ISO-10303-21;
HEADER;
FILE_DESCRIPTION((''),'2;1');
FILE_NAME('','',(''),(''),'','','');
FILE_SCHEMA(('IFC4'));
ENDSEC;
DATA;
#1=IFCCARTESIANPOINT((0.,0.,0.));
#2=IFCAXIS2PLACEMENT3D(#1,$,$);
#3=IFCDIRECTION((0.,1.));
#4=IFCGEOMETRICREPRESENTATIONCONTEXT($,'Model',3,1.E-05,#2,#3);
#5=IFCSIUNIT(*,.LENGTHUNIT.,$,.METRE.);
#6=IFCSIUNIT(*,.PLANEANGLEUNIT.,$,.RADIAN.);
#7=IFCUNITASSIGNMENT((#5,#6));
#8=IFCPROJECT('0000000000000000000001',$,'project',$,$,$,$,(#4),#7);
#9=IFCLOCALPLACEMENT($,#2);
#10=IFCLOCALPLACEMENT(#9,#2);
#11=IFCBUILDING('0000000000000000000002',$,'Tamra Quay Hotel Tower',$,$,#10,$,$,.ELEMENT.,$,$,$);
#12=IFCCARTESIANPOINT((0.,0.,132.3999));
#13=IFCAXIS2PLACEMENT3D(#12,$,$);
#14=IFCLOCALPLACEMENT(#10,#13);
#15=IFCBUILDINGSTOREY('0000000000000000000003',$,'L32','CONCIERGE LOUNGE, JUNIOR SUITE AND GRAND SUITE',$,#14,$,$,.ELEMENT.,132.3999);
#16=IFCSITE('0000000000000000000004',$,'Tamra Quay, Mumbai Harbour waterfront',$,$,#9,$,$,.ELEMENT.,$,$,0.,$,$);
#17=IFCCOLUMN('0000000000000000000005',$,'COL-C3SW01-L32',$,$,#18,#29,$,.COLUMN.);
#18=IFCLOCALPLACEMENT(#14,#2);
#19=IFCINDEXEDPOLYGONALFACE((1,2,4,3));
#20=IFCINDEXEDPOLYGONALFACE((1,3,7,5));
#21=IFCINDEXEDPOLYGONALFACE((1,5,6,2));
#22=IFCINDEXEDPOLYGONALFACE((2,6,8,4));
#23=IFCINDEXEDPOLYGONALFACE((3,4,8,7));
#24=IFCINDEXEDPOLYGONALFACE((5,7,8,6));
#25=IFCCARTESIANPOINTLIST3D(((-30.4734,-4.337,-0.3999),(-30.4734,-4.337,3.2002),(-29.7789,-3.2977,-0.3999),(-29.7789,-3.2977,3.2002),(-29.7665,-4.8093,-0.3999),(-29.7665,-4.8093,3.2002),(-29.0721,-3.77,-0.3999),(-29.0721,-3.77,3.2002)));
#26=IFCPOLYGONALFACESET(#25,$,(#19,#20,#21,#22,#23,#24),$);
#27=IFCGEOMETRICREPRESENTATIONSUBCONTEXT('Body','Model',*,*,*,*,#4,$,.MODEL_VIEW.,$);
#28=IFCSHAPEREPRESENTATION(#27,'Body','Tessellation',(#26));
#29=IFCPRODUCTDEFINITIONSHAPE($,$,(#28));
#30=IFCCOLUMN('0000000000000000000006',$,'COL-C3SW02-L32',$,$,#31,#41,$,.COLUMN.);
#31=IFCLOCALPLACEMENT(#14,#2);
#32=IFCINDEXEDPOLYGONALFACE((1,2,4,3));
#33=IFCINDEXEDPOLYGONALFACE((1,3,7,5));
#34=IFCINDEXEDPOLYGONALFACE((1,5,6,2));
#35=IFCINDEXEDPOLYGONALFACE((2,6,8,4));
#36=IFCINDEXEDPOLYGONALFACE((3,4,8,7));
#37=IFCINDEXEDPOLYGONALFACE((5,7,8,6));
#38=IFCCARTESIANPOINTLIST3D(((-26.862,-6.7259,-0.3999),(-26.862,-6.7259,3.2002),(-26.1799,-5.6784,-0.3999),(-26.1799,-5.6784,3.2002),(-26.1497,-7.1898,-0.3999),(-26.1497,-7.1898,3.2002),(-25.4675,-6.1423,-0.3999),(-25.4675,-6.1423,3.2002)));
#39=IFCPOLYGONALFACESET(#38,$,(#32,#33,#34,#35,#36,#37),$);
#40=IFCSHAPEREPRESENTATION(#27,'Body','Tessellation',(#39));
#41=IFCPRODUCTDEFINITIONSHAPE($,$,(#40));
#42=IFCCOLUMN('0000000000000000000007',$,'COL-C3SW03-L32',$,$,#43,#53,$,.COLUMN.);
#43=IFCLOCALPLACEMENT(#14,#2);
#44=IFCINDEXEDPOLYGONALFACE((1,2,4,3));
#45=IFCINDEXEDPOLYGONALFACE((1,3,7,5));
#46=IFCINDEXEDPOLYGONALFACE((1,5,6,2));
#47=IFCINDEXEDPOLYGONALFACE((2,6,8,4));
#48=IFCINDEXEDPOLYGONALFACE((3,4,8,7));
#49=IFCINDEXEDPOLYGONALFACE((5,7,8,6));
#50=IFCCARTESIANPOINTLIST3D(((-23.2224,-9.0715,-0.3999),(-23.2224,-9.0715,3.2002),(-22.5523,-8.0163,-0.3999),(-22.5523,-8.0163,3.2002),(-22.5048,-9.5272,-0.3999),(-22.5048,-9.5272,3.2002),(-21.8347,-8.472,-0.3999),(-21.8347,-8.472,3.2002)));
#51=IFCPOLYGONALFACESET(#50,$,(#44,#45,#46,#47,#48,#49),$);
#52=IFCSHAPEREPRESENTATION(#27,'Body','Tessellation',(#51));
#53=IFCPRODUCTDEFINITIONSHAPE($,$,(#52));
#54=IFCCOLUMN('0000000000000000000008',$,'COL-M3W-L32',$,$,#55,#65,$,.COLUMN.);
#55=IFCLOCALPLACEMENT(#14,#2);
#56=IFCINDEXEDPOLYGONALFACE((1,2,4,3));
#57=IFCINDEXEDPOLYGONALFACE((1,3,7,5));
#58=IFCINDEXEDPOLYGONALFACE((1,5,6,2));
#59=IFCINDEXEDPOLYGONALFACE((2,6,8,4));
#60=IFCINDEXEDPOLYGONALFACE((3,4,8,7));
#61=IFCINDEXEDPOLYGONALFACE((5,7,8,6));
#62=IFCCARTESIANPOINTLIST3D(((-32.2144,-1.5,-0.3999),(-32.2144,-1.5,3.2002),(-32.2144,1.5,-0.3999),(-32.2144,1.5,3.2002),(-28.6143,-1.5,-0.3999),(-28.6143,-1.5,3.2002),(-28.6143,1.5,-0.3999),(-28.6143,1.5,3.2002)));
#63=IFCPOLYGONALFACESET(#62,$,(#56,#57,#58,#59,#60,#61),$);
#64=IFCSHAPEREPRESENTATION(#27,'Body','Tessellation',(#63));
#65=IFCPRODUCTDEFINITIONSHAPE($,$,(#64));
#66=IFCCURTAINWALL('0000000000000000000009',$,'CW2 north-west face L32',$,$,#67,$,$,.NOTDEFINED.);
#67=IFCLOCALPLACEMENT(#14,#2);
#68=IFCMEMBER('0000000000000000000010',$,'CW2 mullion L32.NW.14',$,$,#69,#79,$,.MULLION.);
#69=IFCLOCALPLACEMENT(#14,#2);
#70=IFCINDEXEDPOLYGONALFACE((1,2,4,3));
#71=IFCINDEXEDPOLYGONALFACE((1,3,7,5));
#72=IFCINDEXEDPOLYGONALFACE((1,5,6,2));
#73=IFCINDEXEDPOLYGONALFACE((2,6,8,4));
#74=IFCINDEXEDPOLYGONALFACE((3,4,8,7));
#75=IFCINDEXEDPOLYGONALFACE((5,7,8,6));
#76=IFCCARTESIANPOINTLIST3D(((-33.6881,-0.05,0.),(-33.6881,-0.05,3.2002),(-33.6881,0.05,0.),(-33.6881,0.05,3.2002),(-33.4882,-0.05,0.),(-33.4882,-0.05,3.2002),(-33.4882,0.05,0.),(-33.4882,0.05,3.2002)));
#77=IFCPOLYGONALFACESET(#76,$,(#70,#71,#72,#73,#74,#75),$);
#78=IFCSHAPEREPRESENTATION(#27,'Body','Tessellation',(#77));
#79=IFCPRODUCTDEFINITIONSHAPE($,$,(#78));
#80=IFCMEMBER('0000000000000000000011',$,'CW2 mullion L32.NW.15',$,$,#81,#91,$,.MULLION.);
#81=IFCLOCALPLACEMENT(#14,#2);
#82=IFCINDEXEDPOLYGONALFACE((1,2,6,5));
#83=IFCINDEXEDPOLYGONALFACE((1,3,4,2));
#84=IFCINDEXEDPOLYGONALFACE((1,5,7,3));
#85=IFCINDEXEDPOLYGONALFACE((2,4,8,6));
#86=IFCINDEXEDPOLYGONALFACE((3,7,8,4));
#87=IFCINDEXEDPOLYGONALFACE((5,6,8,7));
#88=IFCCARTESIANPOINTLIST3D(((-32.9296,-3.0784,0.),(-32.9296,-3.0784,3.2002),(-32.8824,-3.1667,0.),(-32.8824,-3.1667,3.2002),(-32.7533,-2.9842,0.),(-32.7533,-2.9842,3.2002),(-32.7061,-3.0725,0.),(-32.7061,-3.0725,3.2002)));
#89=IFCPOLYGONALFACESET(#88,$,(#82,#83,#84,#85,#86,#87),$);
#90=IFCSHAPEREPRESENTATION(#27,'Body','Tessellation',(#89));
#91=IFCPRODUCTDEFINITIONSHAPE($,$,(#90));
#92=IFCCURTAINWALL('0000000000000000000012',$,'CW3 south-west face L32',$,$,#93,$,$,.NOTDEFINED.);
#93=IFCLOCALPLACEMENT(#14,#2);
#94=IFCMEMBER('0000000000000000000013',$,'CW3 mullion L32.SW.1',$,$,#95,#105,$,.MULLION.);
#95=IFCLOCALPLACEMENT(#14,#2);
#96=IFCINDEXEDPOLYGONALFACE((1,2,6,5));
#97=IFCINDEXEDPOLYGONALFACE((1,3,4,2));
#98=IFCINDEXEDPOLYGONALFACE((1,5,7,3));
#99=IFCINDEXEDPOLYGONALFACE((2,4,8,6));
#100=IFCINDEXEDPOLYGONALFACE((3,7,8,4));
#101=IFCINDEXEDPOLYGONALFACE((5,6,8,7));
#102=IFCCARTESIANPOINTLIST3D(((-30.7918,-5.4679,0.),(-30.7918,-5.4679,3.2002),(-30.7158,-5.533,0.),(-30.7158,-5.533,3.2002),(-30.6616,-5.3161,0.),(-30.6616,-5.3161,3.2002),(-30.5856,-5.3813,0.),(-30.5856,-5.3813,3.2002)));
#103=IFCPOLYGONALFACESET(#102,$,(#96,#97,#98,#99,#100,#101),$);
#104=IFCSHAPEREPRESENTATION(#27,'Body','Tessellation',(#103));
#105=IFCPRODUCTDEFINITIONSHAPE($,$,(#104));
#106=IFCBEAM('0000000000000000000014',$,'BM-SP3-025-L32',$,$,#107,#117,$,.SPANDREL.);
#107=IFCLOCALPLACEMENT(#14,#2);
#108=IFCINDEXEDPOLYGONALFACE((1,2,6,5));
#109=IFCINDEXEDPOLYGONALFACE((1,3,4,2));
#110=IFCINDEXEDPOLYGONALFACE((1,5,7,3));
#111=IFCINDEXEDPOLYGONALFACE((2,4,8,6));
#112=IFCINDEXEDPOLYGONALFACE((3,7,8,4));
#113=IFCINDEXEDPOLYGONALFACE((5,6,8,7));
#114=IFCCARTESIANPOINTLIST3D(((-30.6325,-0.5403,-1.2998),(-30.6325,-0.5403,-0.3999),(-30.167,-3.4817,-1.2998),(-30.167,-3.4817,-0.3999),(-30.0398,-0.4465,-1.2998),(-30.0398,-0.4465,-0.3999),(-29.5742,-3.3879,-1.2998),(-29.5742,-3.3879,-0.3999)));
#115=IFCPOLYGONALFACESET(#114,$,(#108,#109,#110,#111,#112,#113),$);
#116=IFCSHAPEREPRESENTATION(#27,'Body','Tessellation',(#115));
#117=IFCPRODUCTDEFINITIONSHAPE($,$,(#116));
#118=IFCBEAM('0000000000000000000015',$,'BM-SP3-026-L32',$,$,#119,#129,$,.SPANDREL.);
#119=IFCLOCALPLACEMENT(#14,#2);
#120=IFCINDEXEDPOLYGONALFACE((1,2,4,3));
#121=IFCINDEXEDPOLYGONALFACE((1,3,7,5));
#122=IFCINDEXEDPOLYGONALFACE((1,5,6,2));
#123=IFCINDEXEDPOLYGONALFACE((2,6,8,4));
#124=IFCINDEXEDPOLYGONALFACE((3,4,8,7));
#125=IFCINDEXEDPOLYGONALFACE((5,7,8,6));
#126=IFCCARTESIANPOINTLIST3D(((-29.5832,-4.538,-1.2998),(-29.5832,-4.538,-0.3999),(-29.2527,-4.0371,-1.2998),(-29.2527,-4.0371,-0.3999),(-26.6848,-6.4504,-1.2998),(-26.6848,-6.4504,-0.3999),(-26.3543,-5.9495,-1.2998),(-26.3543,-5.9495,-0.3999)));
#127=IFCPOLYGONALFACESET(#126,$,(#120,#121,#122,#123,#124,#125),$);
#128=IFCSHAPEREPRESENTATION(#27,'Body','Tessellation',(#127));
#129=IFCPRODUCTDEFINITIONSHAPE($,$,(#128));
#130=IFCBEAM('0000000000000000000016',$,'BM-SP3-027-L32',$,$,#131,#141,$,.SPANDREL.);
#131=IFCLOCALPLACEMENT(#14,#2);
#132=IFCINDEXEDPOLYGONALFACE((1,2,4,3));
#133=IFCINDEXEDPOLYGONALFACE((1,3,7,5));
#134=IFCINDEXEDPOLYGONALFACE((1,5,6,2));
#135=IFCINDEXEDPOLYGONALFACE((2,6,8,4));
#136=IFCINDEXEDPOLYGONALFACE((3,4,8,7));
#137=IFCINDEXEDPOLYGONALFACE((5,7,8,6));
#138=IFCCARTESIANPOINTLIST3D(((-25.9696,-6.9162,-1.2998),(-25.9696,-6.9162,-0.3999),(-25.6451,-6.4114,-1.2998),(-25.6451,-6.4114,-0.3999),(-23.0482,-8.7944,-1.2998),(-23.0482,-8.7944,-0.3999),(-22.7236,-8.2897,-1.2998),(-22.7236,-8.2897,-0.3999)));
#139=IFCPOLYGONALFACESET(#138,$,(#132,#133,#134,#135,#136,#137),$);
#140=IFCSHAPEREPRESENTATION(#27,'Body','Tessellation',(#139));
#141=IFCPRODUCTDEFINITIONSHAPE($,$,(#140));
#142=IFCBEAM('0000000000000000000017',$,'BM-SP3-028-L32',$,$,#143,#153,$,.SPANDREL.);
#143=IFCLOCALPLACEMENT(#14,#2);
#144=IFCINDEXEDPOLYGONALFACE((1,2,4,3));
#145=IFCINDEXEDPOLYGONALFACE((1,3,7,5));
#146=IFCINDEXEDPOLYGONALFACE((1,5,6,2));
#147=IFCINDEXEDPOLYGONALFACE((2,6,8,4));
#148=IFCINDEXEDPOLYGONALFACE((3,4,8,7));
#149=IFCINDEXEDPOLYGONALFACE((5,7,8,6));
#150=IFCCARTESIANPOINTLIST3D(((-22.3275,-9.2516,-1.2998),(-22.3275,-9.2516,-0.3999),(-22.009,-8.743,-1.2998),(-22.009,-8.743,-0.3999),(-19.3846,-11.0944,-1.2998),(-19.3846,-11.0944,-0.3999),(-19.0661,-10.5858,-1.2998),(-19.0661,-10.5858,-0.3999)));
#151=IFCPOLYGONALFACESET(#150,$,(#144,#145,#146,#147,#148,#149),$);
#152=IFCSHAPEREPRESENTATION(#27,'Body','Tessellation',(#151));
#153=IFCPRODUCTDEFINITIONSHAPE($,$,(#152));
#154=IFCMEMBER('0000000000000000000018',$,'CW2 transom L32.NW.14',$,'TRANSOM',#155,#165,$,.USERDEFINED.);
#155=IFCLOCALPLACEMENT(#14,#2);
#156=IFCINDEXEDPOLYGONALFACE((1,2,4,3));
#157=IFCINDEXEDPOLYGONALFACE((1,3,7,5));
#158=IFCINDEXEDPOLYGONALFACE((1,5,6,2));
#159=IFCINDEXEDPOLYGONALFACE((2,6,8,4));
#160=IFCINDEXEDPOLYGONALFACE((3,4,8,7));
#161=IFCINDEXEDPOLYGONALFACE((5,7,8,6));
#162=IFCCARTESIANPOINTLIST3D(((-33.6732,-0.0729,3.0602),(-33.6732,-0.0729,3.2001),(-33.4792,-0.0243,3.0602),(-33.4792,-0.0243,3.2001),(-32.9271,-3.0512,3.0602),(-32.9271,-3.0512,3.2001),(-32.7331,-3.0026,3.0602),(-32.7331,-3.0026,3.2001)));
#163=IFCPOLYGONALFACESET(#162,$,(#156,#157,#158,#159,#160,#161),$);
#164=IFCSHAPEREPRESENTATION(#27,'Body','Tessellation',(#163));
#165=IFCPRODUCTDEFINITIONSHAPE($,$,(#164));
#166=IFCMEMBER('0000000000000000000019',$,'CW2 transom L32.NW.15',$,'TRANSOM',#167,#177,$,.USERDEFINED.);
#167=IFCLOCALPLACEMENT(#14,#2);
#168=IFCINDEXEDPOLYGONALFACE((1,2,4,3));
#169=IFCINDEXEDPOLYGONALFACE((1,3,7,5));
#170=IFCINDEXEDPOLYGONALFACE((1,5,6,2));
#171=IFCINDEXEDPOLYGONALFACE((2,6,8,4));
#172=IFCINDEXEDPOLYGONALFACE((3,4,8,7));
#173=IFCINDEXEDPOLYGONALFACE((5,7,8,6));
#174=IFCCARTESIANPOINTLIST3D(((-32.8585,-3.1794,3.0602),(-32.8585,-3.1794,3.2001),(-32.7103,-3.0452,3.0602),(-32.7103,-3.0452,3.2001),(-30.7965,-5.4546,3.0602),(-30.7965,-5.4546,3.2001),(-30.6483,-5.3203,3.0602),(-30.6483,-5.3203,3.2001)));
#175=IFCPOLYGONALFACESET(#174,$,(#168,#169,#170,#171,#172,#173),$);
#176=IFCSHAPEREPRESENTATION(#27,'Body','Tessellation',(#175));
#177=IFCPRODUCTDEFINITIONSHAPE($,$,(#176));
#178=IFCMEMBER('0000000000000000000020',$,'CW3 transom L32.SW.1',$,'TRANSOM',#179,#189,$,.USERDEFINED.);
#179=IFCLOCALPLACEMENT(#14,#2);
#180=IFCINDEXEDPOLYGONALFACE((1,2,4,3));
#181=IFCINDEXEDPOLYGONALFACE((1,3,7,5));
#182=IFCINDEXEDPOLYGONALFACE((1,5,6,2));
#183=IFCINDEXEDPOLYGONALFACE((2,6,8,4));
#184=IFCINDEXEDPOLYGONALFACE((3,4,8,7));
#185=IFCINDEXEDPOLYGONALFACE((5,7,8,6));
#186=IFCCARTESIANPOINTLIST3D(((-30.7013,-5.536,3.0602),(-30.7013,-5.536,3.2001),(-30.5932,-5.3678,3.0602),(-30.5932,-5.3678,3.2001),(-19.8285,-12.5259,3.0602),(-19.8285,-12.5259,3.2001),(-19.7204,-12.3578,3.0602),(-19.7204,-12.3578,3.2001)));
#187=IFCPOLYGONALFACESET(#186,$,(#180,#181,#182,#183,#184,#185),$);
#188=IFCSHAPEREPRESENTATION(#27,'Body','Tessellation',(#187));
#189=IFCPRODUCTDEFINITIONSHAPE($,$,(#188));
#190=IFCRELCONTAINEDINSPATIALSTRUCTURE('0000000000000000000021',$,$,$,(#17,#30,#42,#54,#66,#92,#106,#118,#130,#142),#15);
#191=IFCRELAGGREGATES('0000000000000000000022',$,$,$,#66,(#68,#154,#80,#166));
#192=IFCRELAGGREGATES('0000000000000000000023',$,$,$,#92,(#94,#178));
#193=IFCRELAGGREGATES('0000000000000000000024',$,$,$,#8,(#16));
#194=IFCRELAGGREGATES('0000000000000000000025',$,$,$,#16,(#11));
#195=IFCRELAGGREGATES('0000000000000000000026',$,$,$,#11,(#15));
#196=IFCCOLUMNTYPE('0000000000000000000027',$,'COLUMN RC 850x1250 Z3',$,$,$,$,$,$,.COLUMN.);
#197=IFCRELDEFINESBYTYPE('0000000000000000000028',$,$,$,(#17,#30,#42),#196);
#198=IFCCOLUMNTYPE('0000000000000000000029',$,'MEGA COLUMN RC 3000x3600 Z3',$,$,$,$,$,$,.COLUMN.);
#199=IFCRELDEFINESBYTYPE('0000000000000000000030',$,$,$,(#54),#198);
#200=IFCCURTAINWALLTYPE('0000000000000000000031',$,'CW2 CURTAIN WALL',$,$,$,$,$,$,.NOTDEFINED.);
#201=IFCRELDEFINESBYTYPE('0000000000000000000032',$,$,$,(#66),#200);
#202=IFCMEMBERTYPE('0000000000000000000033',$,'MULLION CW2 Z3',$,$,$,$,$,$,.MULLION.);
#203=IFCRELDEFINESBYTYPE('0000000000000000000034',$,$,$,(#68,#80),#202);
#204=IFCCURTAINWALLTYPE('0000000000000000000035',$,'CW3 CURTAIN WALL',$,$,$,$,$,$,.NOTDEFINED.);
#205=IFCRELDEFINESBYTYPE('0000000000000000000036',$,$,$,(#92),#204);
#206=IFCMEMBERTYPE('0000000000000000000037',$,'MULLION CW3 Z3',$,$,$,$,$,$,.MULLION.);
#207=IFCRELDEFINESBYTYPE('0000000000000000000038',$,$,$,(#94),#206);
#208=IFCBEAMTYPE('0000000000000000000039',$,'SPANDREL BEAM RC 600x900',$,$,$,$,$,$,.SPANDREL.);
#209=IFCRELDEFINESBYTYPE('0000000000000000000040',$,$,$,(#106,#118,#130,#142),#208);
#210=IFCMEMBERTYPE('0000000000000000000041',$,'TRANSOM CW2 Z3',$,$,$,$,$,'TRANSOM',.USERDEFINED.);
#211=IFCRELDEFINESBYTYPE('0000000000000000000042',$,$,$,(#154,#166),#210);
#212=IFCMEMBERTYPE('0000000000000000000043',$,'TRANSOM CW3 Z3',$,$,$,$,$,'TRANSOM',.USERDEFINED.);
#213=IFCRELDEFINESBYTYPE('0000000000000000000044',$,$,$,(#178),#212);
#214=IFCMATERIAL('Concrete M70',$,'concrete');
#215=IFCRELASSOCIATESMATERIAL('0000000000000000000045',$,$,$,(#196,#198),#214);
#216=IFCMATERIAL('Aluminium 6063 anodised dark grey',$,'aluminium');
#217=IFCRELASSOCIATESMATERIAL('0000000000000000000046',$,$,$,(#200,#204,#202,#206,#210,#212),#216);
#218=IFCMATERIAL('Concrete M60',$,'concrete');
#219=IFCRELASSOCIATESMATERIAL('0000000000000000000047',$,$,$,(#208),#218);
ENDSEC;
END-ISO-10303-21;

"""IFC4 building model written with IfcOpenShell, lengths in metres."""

from ifc_helpers import new_model, si_unit, direction, frame, origin, origin_2d, place, context, subcontext, project, spatial, rectangle, extrude, material, material_profile, profile_set, type_object, element, aggregate, save


model = new_model("IFC4")

# Units and contexts
model_context = context("Model", 3, precision=1e-05, world=origin(), true_north=direction((0.0, 1.0)))
body_context = subcontext(model_context, "Body", "Model", "MODEL_VIEW")
ifc_project = project(units=[si_unit("LENGTHUNIT", "METRE"), si_unit("PLANEANGLEUNIT", "RADIAN")], contexts=[model_context])

# Site, building, storey
site_placement = place(None, origin())
site = spatial("IfcSite", under=ifc_project, at=site_placement, Name="Tamra Quay, Mumbai Harbour waterfront", CompositionType="ELEMENT", RefElevation=0.0)
building_placement = place(site_placement, origin())
building = spatial("IfcBuilding", under=site, at=building_placement, Name="Tamra Quay Hotel Tower", CompositionType="ELEMENT")
storey_placement = place(building_placement, frame((0.0, 0.0, 132.3999)))
storey = spatial("IfcBuildingStorey", under=building, at=storey_placement, Name="L32", Description="CONCIERGE LOUNGE, JUNIOR SUITE AND GRAND SUITE", CompositionType="ELEMENT", Elevation=132.3999)

# Columns
ifc_material_1 = material(Name="Concrete M70", Category="concrete")
ifc_material_profile_1 = material_profile(ifc_material_1, rectangle(XDim=1.25, YDim=0.8501, at=origin_2d()), Name="COLUMN RC 850x1250 Z3")
ifc_profile_set_1 = profile_set([ifc_material_profile_1], Name="Concrete M70")
column_type_1 = type_object("IfcColumnType", Name="COLUMN RC 850x1250 Z3", PredefinedType="COLUMN", material=ifc_profile_set_1)
for number, where, z_axis, x_axis, name in (
    (1, (-29.7727, -4.0535, -0.3999), (0.0, 0.0, 1.0), (0.555583, 0.831461, 0.0), "COL-C3SW01-L32"),
    (2, (-26.1648, -6.4341, -0.3999), (0.0, 0.0, 1.0), (0.545703, 0.837979, 0.0), "COL-C3SW02-L32"),
    (3, (-22.5286, -8.7717, -0.3999), (0.0, 0.0, 1.0), (0.536102, 0.844153, 0.0), "COL-C3SW03-L32"),
):
    element("IfcColumn", number, at=place(storey_placement, frame(where, z_axis=z_axis, x_axis=x_axis)), inside=storey, type_object=column_type_1, Name=name, PredefinedType="COLUMN", context=body_context, shape_type="SweptSolid", body=[
        extrude(rectangle(XDim=1.25, YDim=0.8501, at=origin_2d()), origin(), (0.0, 0.0, 1.0), 3.6001),
    ])
ifc_material_profile_2 = material_profile(ifc_material_1, rectangle(XDim=3.6001, YDim=3.0, at=origin_2d()), Name="MEGA COLUMN RC 3000x3600 Z3")
ifc_profile_set_2 = profile_set([ifc_material_profile_2], Name="Concrete M70")
column_type_2 = type_object("IfcColumnType", Name="MEGA COLUMN RC 3000x3600 Z3", PredefinedType="COLUMN", material=ifc_profile_set_2)
column_placement = place(storey_placement, frame((-30.4143, 0.0, -0.3999), z_axis=(0.0, 0.0, 1.0), x_axis=(1.0, 0.0, 0.0)))
element("IfcColumn", 4, at=column_placement, inside=storey, type_object=column_type_2, Name="COL-M3W-L32", PredefinedType="COLUMN", context=body_context, shape_type="SweptSolid", body=[
    extrude(rectangle(XDim=3.6001, YDim=3.0, at=origin_2d()), origin(), (0.0, 0.0, 1.0), 3.6001),
])

# Curtain wall, members
ifc_material_2 = material(Name="Aluminium 6063 anodised dark grey", Category="aluminium")
curtain_wall_type_1 = type_object("IfcCurtainWallType", Name="CW2 CURTAIN WALL", PredefinedType="NOTDEFINED", material=ifc_material_2)
curtain_wall_1_placement = place(storey_placement, origin())
curtain_wall_1 = element("IfcCurtainWall", 5, at=curtain_wall_1_placement, inside=storey, type_object=curtain_wall_type_1, Name="CW2 north-west face L32", PredefinedType="NOTDEFINED")
ifc_material_profile_3 = material_profile(ifc_material_2, rectangle(XDim=0.2, YDim=0.1001, at=origin_2d()), Name="MULLION 100X200")
ifc_profile_set_3 = profile_set([ifc_material_profile_3], Name="Aluminium 6063 anodised dark grey")
member_type_1 = type_object("IfcMemberType", Name="MULLION CW2 Z3", PredefinedType="MULLION", material=ifc_profile_set_3)
member_1_placement = place(storey_placement, frame((-33.5881, 0.0, 0.0), z_axis=(0.0, 0.0, 1.0), x_axis=(-1.0, 0.0, 0.0)))
member_1 = element("IfcMember", 6, at=member_1_placement, type_object=member_type_1, Name="CW2 mullion L32.NW.14", PredefinedType="MULLION", context=body_context, shape_type="SweptSolid", body=[
    extrude(rectangle(XDim=0.2, YDim=0.1001, at=origin_2d()), origin(), (0.0, 0.0, 1.0), 3.2002),
])
member_2_placement = place(storey_placement, frame((-32.8179, -3.0754, 0.0), z_axis=(0.0, 0.0, 1.0), x_axis=(-0.881925, -0.471389, 0.0)))
member_2 = element("IfcMember", 7, at=member_2_placement, type_object=member_type_1, Name="CW2 mullion L32.NW.15", PredefinedType="MULLION", context=body_context, shape_type="SweptSolid", body=[
    extrude(rectangle(XDim=0.2, YDim=0.1001, at=origin_2d()), origin(), (0.0, 0.0, 1.0), 3.2002),
])

# Curtain wall, member
curtain_wall_type_2 = type_object("IfcCurtainWallType", Name="CW3 CURTAIN WALL", PredefinedType="NOTDEFINED", material=ifc_material_2)
curtain_wall_2_placement = place(storey_placement, origin())
curtain_wall_2 = element("IfcCurtainWall", 8, at=curtain_wall_2_placement, inside=storey, type_object=curtain_wall_type_2, Name="CW3 south-west face L32", PredefinedType="NOTDEFINED")
ifc_material_profile_4 = material_profile(ifc_material_2, rectangle(XDim=0.2, YDim=0.1001, at=origin_2d()), Name="MULLION 100X200")
ifc_profile_set_4 = profile_set([ifc_material_profile_4], Name="Aluminium 6063 anodised dark grey")
member_type_2 = type_object("IfcMemberType", Name="MULLION CW3 Z3", PredefinedType="MULLION", material=ifc_profile_set_4)
member_3_placement = place(storey_placement, frame((-30.6887, -5.4246, 0.0), z_axis=(0.0, 0.0, 1.0), x_axis=(-0.650989, -0.759087, 0.0)))
member_3 = element("IfcMember", 9, at=member_3_placement, type_object=member_type_2, Name="CW3 mullion L32.SW.1", PredefinedType="MULLION", context=body_context, shape_type="SweptSolid", body=[
    extrude(rectangle(XDim=0.2, YDim=0.1001, at=origin_2d()), origin(), (0.0, 0.0, 1.0), 3.2002),
])

# Beams
ifc_material_3 = material(Name="Concrete M60", Category="concrete")
ifc_material_profile_5 = material_profile(ifc_material_3, rectangle(XDim=0.6001, YDim=0.8999, at=origin_2d()), Name="SPANDREL BEAM RC 600x900")
ifc_profile_set_5 = profile_set([ifc_material_profile_5], Name="Concrete M60")
beam_type = type_object("IfcBeamType", Name="SPANDREL BEAM RC 600x900", PredefinedType="SPANDREL", material=ifc_profile_set_5)
beam_1_placement = place(storey_placement, frame((-30.3362, -0.4934, -0.8499), z_axis=(0.156337, -0.987704, 0.0), x_axis=(0.987704, 0.156337, 0.0)))
element("IfcBeam", 10, at=beam_1_placement, inside=storey, type_object=beam_type, Name="BM-SP3-025-L32", PredefinedType="SPANDREL", context=body_context, shape_type="SweptSolid", body=[
    extrude(rectangle(XDim=0.6001, YDim=0.8999, at=origin_2d()), origin(), (0.0, 0.0, 1.0), 2.978),
])
beam_2_placement = place(storey_placement, frame((-29.418, -4.2876, -0.8499), z_axis=(0.834691, -0.550719, 0.0), x_axis=(0.550719, 0.834691, 0.0)))
element("IfcBeam", 11, at=beam_2_placement, inside=storey, type_object=beam_type, Name="BM-SP3-026-L32", PredefinedType="SPANDREL", context=body_context, shape_type="SweptSolid", body=[
    extrude(rectangle(XDim=0.6001, YDim=0.8999, at=origin_2d()), origin(), (0.0, 0.0, 1.0), 3.4724),
])
beam_3_placement = place(storey_placement, frame((-25.8074, -6.6638, -0.8499), z_axis=(0.84116, -0.540786, 0.0), x_axis=(0.540786, 0.84116, 0.0)))
element("IfcBeam", 12, at=beam_3_placement, inside=storey, type_object=beam_type, Name="BM-SP3-027-L32", PredefinedType="SPANDREL", context=body_context, shape_type="SweptSolid", body=[
    extrude(rectangle(XDim=0.6001, YDim=0.8999, at=origin_2d()), origin(), (0.0, 0.0, 1.0), 3.4731),
])
beam_4_placement = place(storey_placement, frame((-22.1682, -8.9973, -0.8499), z_axis=(0.847548, -0.530719, 0.0), x_axis=(0.530719, 0.847548, 0.0)))
element("IfcBeam", 13, at=beam_4_placement, inside=storey, type_object=beam_type, Name="BM-SP3-028-L32", PredefinedType="SPANDREL", context=body_context, shape_type="SweptSolid", body=[
    extrude(rectangle(XDim=0.6001, YDim=0.8999, at=origin_2d()), origin(), (0.0, 0.0, 1.0), 3.4722),
])

# Members
ifc_material_profile_6 = material_profile(ifc_material_2, rectangle(XDim=0.2, YDim=0.1399, at=origin_2d()), Name="TRANSOM 200X140")
ifc_profile_set_6 = profile_set([ifc_material_profile_6], Name="Aluminium 6063 anodised dark grey")
member_type_3 = type_object("IfcMemberType", Name="TRANSOM CW2 Z3", ElementType="TRANSOM", PredefinedType="USERDEFINED", material=ifc_profile_set_6)
member_4_placement = place(storey_placement, frame((-33.5762, -0.0486, 3.1301), z_axis=(0.243003, -0.970025, 0.0), x_axis=(0.970025, 0.243003, 0.0)))
member_4 = element("IfcMember", 14, at=member_4_placement, type_object=member_type_3, Name="CW2 transom L32.NW.14", ObjectType="TRANSOM", PredefinedType="USERDEFINED", context=body_context, shape_type="SweptSolid", body=[
    extrude(rectangle(XDim=0.2, YDim=0.1399, at=origin_2d()), origin(), (0.0, 0.0, 1.0), 3.0703),
])
member_5_placement = place(storey_placement, frame((-32.7844, -3.1123, 3.1301), z_axis=(0.671548, -0.740961, 0.0), x_axis=(0.740961, 0.671548, 0.0)))
member_5 = element("IfcMember", 15, at=member_5_placement, type_object=member_type_3, Name="CW2 transom L32.NW.15", ObjectType="TRANSOM", PredefinedType="USERDEFINED", context=body_context, shape_type="SweptSolid", body=[
    extrude(rectangle(XDim=0.2, YDim=0.1399, at=origin_2d()), origin(), (0.0, 0.0, 1.0), 3.0706),
])
ifc_material_profile_7 = material_profile(ifc_material_2, rectangle(XDim=0.2, YDim=0.1399, at=origin_2d()), Name="TRANSOM 200X140")
ifc_profile_set_7 = profile_set([ifc_material_profile_7], Name="Aluminium 6063 anodised dark grey")
member_type_4 = type_object("IfcMemberType", Name="TRANSOM CW3 Z3", ElementType="TRANSOM", PredefinedType="USERDEFINED", material=ifc_profile_set_7)
member_6_placement = place(storey_placement, frame((-30.6472, -5.4519, 3.1301), z_axis=(0.841167, -0.540776, 0.0), x_axis=(0.540776, 0.841167, 0.0)))
member_6 = element("IfcMember", 16, at=member_6_placement, type_object=member_type_4, Name="CW3 transom L32.SW.1", ObjectType="TRANSOM", PredefinedType="USERDEFINED", context=body_context, shape_type="SweptSolid", body=[
    extrude(rectangle(XDim=0.2, YDim=0.1399, at=origin_2d()), origin(), (0.0, 0.0, 1.0), 12.9258),
])

aggregate(curtain_wall_1, [member_1, member_4, member_2, member_5])
aggregate(curtain_wall_2, [member_3, member_6])

save(model, "model.ifc")
